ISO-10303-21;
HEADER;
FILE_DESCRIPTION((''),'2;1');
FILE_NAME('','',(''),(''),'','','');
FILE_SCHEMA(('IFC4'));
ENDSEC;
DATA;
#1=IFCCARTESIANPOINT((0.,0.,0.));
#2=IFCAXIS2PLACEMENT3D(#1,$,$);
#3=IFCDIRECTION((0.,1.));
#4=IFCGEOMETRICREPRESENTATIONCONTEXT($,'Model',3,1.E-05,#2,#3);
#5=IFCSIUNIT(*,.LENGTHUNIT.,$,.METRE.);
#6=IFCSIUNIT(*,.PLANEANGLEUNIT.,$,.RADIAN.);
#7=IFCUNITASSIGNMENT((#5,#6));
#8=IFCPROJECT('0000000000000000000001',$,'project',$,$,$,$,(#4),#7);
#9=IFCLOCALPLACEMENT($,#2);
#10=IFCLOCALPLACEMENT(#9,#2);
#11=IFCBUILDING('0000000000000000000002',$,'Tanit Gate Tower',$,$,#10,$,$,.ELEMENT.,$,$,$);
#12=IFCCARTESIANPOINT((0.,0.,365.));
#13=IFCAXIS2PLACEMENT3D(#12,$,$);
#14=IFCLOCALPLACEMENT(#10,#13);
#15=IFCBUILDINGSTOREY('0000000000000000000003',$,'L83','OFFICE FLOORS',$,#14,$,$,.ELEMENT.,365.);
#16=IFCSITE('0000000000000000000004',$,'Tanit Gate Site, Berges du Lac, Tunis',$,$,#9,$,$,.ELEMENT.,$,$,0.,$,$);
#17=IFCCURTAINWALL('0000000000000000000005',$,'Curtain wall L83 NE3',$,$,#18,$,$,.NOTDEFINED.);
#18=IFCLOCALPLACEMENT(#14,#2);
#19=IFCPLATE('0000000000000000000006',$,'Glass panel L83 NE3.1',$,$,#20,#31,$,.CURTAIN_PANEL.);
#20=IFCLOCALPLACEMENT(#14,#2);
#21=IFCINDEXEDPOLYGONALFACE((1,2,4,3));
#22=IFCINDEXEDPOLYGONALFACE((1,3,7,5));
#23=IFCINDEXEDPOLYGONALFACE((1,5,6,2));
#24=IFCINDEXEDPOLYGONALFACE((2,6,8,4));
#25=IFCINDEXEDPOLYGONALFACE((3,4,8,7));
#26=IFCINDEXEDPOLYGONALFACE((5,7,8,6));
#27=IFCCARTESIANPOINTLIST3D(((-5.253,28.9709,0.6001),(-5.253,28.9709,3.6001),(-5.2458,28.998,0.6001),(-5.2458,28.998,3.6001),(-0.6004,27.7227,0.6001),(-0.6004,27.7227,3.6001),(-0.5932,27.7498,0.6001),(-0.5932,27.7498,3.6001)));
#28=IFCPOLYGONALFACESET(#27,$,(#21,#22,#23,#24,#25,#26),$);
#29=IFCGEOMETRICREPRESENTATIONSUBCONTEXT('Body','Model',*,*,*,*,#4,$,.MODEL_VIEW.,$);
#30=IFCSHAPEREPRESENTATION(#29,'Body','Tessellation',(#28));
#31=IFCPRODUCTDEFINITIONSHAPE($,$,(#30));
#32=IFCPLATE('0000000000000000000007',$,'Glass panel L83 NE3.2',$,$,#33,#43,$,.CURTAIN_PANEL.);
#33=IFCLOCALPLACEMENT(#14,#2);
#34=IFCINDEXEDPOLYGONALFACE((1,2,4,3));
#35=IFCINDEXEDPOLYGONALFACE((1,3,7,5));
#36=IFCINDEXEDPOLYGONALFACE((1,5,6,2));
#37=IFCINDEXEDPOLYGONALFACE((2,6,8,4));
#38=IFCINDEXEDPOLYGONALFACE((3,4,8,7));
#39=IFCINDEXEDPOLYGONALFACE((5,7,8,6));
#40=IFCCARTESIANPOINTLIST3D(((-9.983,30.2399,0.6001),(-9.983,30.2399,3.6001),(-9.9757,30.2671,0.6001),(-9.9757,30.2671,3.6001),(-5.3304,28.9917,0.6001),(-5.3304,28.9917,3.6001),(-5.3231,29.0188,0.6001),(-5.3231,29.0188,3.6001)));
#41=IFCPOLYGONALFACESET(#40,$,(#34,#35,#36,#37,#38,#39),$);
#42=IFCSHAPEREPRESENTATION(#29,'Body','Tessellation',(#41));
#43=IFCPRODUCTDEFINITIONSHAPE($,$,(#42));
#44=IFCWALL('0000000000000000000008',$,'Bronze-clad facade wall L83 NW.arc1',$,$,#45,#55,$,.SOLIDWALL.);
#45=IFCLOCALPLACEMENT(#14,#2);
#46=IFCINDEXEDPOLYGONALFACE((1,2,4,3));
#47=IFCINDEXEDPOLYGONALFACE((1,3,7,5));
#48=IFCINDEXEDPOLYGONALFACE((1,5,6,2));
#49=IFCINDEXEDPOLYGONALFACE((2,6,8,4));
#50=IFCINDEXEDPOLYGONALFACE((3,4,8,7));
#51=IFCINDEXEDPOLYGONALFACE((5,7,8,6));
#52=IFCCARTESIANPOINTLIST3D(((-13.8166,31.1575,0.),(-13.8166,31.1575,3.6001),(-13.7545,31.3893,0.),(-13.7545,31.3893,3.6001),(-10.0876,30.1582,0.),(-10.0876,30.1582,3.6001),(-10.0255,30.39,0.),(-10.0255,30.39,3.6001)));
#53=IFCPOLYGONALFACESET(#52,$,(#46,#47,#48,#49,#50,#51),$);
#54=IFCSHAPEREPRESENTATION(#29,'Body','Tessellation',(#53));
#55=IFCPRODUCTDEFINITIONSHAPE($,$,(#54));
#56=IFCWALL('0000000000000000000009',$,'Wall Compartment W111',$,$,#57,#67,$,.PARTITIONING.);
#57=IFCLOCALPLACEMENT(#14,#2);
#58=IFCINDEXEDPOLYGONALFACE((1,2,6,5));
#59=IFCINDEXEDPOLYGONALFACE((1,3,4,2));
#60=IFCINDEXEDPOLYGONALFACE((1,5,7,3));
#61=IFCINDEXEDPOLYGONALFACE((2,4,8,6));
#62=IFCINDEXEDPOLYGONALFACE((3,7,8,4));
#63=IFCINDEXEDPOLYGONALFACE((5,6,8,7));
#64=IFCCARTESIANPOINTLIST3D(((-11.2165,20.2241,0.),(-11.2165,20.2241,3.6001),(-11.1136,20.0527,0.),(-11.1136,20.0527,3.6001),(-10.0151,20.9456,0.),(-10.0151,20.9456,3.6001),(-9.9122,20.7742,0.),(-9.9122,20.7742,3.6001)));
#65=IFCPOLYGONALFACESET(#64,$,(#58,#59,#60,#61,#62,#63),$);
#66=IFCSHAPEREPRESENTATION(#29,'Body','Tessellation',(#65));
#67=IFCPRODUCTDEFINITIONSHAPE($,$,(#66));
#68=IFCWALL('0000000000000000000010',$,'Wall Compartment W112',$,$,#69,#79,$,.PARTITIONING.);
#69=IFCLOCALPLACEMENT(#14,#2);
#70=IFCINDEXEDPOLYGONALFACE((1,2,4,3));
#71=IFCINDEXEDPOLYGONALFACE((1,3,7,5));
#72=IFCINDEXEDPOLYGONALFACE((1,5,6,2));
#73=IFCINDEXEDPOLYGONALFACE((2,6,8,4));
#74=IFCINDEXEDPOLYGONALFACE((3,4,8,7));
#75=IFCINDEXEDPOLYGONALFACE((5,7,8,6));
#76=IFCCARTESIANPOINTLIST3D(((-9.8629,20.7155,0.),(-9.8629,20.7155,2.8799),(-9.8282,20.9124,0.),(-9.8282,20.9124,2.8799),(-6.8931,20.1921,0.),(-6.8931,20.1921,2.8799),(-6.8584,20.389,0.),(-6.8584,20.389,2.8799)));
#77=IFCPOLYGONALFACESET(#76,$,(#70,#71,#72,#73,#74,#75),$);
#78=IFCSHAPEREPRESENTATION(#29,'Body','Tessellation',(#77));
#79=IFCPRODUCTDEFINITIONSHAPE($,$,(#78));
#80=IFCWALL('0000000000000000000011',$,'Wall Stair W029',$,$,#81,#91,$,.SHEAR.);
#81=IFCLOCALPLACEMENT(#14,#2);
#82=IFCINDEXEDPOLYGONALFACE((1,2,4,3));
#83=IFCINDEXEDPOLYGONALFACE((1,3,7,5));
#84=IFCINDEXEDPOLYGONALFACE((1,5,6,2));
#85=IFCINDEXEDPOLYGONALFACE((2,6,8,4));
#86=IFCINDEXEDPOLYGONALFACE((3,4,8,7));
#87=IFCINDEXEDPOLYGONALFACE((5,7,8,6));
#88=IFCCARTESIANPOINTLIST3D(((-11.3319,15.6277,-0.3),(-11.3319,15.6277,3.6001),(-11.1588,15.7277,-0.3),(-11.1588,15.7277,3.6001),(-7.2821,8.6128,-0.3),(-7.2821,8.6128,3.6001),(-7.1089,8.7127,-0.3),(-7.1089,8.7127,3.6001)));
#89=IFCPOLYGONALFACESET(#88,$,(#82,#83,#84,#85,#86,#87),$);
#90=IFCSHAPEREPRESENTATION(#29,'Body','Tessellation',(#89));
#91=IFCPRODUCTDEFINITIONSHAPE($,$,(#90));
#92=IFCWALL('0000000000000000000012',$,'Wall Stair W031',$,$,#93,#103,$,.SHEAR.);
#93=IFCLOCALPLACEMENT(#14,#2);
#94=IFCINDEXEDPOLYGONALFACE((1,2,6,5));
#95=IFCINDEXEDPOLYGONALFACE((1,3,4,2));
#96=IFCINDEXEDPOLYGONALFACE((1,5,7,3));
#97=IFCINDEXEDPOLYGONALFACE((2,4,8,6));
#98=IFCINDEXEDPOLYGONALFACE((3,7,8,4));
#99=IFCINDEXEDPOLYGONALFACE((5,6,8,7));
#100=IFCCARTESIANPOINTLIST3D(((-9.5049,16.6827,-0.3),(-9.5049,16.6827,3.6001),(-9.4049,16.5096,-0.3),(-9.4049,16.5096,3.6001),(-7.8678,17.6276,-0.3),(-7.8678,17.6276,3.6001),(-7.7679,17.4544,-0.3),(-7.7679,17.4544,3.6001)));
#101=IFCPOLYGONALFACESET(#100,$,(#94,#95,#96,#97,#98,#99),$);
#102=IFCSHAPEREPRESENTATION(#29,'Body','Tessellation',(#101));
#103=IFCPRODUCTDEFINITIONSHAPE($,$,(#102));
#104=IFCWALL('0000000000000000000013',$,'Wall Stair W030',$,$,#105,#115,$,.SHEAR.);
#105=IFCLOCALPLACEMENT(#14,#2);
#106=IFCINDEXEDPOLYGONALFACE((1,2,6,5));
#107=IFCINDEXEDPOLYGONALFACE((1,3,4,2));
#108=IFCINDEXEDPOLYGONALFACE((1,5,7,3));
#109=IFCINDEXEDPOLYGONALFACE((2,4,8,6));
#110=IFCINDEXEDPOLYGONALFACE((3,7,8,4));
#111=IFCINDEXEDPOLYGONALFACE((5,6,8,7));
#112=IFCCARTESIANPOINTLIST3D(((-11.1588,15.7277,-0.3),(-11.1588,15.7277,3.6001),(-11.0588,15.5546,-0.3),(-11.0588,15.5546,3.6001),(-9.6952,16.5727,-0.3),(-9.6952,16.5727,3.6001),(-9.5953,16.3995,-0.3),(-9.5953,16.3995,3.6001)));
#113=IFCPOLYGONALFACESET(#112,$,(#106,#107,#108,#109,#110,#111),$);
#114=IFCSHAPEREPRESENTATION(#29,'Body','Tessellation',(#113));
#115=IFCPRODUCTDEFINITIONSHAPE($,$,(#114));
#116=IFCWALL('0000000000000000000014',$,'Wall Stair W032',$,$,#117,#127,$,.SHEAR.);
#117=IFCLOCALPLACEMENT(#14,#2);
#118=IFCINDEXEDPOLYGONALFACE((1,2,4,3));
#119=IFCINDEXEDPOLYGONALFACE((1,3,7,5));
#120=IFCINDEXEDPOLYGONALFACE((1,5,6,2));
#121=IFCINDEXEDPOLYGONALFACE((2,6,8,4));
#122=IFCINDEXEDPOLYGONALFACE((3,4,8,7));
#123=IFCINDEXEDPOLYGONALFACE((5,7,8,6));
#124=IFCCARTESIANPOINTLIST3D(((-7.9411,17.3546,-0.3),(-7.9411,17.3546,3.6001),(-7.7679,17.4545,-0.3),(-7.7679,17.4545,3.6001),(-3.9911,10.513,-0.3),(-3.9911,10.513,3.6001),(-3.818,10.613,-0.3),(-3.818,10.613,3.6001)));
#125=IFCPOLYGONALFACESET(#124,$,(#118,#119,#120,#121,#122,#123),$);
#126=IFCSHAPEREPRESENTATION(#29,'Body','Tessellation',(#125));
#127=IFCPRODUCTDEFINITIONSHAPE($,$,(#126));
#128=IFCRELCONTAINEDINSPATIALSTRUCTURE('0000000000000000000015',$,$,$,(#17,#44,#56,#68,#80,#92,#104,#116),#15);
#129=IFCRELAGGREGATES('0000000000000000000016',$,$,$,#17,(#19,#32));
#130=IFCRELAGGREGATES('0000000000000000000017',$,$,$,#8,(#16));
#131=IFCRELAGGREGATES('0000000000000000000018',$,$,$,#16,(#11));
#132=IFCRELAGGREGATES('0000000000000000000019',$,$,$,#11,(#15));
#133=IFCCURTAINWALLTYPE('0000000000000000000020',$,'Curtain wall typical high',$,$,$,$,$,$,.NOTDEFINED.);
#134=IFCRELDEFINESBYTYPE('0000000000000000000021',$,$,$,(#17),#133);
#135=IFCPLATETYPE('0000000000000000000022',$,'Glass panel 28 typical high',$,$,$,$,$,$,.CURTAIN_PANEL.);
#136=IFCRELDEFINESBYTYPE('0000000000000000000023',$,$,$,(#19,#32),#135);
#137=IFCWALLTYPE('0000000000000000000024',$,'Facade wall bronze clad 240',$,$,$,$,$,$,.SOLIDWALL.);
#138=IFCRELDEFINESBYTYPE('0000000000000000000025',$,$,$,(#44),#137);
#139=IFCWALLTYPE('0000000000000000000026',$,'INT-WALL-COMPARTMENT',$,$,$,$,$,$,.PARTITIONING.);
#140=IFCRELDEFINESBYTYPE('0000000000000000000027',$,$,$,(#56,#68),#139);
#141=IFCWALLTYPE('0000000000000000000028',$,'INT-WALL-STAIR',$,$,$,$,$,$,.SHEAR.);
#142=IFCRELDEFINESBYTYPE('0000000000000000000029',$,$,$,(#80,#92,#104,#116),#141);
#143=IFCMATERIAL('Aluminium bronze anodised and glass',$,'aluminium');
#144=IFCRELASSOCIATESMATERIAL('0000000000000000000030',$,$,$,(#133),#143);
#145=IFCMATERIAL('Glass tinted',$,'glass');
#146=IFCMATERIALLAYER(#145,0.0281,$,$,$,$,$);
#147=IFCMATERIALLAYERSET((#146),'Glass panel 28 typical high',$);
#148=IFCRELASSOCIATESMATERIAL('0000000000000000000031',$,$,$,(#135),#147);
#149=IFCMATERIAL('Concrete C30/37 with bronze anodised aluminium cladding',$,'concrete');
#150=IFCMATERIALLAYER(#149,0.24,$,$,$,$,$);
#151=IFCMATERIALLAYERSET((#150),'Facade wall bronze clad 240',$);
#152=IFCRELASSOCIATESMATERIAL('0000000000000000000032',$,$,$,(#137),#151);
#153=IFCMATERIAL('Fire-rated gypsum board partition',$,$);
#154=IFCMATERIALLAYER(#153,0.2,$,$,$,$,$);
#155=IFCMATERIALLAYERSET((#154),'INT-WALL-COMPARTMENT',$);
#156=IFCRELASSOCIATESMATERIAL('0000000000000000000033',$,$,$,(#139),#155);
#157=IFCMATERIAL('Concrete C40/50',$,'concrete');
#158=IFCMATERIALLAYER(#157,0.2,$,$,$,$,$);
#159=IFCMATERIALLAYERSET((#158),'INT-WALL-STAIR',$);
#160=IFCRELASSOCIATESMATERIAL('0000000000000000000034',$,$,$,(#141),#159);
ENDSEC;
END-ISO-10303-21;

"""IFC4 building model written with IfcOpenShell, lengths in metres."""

from ifc_helpers import new_model, si_unit, direction, frame, frame_2d, origin, origin_2d, place, context, subcontext, project, spatial, rectangle, extrude, material, layer, layer_set, type_object, element, aggregate, save


model = new_model("IFC4")

# Units and contexts
model_context = context("Model", 3, precision=1e-05, world=origin(), true_north=direction((0.0, 1.0)))
body_context = subcontext(model_context, "Body", "Model", "MODEL_VIEW")
ifc_project = project(units=[si_unit("LENGTHUNIT", "METRE"), si_unit("PLANEANGLEUNIT", "RADIAN")], contexts=[model_context])

# Site, building, storey
site_placement = place(None, origin())
site = spatial("IfcSite", under=ifc_project, at=site_placement, Name="Tanit Gate Site, Berges du Lac, Tunis", CompositionType="ELEMENT", RefElevation=0.0)
building_placement = place(site_placement, origin())
building = spatial("IfcBuilding", under=site, at=building_placement, Name="Tanit Gate Tower", CompositionType="ELEMENT")
storey_placement = place(building_placement, frame((0.0, 0.0, 365.0)))
storey = spatial("IfcBuildingStorey", under=building, at=storey_placement, Name="L83", Description="OFFICE FLOORS", CompositionType="ELEMENT", Elevation=365.0)

# Curtain wall
ifc_material_1 = material(Name="Aluminium bronze anodised and glass", Category="aluminium")
curtain_wall_type = type_object("IfcCurtainWallType", Name="Curtain wall typical high", PredefinedType="NOTDEFINED", material=ifc_material_1)
curtain_wall_placement = place(storey_placement, origin())
curtain_wall = element("IfcCurtainWall", 1, at=curtain_wall_placement, inside=storey, type_object=curtain_wall_type, Name="Curtain wall L83 NE3", PredefinedType="NOTDEFINED")

# Plates
ifc_material_2 = material(Name="Glass tinted", Category="glass")
ifc_layer_1 = layer(ifc_material_2, 0.0281)
ifc_layer_set_1 = layer_set([ifc_layer_1], Name="Glass panel 28 typical high")
plate_type = type_object("IfcPlateType", Name="Glass panel 28 typical high", PredefinedType="CURTAIN_PANEL", material=ifc_layer_set_1)
plate_1_placement = place(storey_placement, frame((-2.9231, 28.3604, 0.6001), z_axis=(0.0, 0.0, 1.0), x_axis=(-0.965845, 0.259122, 0.0)))
plate_1 = element("IfcPlate", 2, at=plate_1_placement, type_object=plate_type, Name="Glass panel L83 NE3.1", PredefinedType="CURTAIN_PANEL", context=body_context, shape_type="SweptSolid", body=[
    extrude(rectangle(XDim=4.8171, YDim=0.0281, at=origin_2d()), origin(), (0.0, 0.0, 1.0), 3.0),
])
plate_2_placement = place(storey_placement, frame((-7.6531, 29.6294, 0.6001), z_axis=(0.0, 0.0, 1.0), x_axis=(-0.965845, 0.259122, 0.0)))
plate_2 = element("IfcPlate", 3, at=plate_2_placement, type_object=plate_type, Name="Glass panel L83 NE3.2", PredefinedType="CURTAIN_PANEL", context=body_context, shape_type="SweptSolid", body=[
    extrude(rectangle(XDim=4.8171, YDim=0.0281, at=origin_2d()), origin(), (0.0, 0.0, 1.0), 3.0),
])
aggregate(curtain_wall, [plate_1, plate_2])

# Walls
ifc_material_3 = material(Name="Concrete C30/37 with bronze anodised aluminium cladding", Category="concrete")
ifc_layer_2 = layer(ifc_material_3, 0.24)
ifc_layer_set_2 = layer_set([ifc_layer_2], Name="Facade wall bronze clad 240")
wall_type_1 = type_object("IfcWallType", Name="Facade wall bronze clad 240", PredefinedType="SOLIDWALL", material=ifc_layer_set_2)
wall_1_placement = place(storey_placement, frame((-10.0566, 30.2742, 0.0), z_axis=(0.0, 0.0, 1.0), x_axis=(-0.96592, 0.258839, 0.0)))
element("IfcWall", 4, at=wall_1_placement, inside=storey, type_object=wall_type_1, Name="Bronze-clad facade wall L83 NW.arc1", PredefinedType="SOLIDWALL", context=body_context, shape_type="SweptSolid", body=[
    extrude(rectangle(XDim=3.8606, YDim=0.24, at=frame_2d((1.9302, 0.0))), origin(), (0.0, 0.0, 1.0), 3.6001),
])
ifc_material_4 = material(Name="Fire-rated gypsum board partition")
ifc_layer_3 = layer(ifc_material_4, 0.2)
ifc_layer_set_3 = layer_set([ifc_layer_3], Name="INT-WALL-COMPARTMENT")
wall_type_2 = type_object("IfcWallType", Name="INT-WALL-COMPARTMENT", PredefinedType="PARTITIONING", material=ifc_layer_set_3)
wall_2_placement = place(storey_placement, frame((-9.9636, 20.8599, 0.0), z_axis=(0.0, 0.0, 1.0), x_axis=(-0.857308, -0.514803, 0.0)))
element("IfcWall", 5, at=wall_2_placement, inside=storey, type_object=wall_type_2, Name="Wall Compartment W111", PredefinedType="PARTITIONING", context=body_context, shape_type="SweptSolid", body=[
    extrude(rectangle(XDim=1.4014, YDim=0.2, at=frame_2d((0.7007, 0.0))), origin(), (0.0, 0.0, 1.0), 3.6001),
])
wall_3_placement = place(storey_placement, frame((-6.8757, 20.2905, 0.0), z_axis=(0.0, 0.0, 1.0), x_axis=(-0.984819, 0.173582, 0.0)))
element("IfcWall", 6, at=wall_3_placement, inside=storey, type_object=wall_type_2, Name="Wall Compartment W112", PredefinedType="PARTITIONING", context=body_context, shape_type="SweptSolid", body=[
    extrude(rectangle(XDim=3.0156, YDim=0.2, at=frame_2d((1.5078, 0.0))), origin(), (0.0, 0.0, 1.0), 2.8799),
])
ifc_material_5 = material(Name="Concrete C40/50", Category="concrete")
ifc_layer_4 = layer(ifc_material_5, 0.2)
ifc_layer_set_4 = layer_set([ifc_layer_4], Name="INT-WALL-STAIR")
wall_type_3 = type_object("IfcWallType", Name="INT-WALL-STAIR", PredefinedType="SHEAR", material=ifc_layer_set_4)
wall_4_placement = place(storey_placement, frame((-11.2454, 15.6777, -0.3), z_axis=(0.0, 0.0, 1.0), x_axis=(0.499977, -0.866039, 0.0)))
element("IfcWall", 7, at=wall_4_placement, inside=storey, type_object=wall_type_3, Name="Wall Stair W029", PredefinedType="SHEAR", context=body_context, shape_type="SweptSolid", body=[
    extrude(rectangle(XDim=8.1001, YDim=0.2, at=frame_2d((4.05, 0.0))), origin(), (0.0, 0.0, 1.0), 3.9001),
])
wall_5_placement = place(storey_placement, frame((-7.8179, 17.541, -0.3), z_axis=(0.0, 0.0, 1.0), x_axis=(-0.866089, -0.49989, 0.0)))
element("IfcWall", 8, at=wall_5_placement, inside=storey, type_object=wall_type_3, Name="Wall Stair W031", PredefinedType="SHEAR", context=body_context, shape_type="SweptSolid", body=[
    extrude(rectangle(XDim=1.8901, YDim=0.2, at=frame_2d((0.9451, 0.0))), origin(), (0.0, 0.0, 1.0), 3.9001),
])
wall_6_placement = place(storey_placement, frame((-9.6453, 16.4861, -0.3), z_axis=(0.0, 0.0, 1.0), x_axis=(-0.866039, -0.499977, 0.0)))
element("IfcWall", 9, at=wall_6_placement, inside=storey, type_object=wall_type_3, Name="Wall Stair W030", PredefinedType="SHEAR", context=body_context, shape_type="SweptSolid", body=[
    extrude(rectangle(XDim=1.6899, YDim=0.2, at=frame_2d((0.845, 0.0))), origin(), (0.0, 0.0, 1.0), 3.9001),
])
wall_7_placement = place(storey_placement, frame((-7.8545, 17.4045, -0.3), z_axis=(0.0, 0.0, 1.0), x_axis=(0.499998, -0.866027, 0.0)))
element("IfcWall", 10, at=wall_7_placement, inside=storey, type_object=wall_type_3, Name="Wall Stair W032", PredefinedType="SHEAR", context=body_context, shape_type="SweptSolid", body=[
    extrude(rectangle(XDim=7.8999, YDim=0.2, at=frame_2d((3.95, 0.0))), origin(), (0.0, 0.0, 1.0), 3.9001),
])

save(model, "model.ifc")
